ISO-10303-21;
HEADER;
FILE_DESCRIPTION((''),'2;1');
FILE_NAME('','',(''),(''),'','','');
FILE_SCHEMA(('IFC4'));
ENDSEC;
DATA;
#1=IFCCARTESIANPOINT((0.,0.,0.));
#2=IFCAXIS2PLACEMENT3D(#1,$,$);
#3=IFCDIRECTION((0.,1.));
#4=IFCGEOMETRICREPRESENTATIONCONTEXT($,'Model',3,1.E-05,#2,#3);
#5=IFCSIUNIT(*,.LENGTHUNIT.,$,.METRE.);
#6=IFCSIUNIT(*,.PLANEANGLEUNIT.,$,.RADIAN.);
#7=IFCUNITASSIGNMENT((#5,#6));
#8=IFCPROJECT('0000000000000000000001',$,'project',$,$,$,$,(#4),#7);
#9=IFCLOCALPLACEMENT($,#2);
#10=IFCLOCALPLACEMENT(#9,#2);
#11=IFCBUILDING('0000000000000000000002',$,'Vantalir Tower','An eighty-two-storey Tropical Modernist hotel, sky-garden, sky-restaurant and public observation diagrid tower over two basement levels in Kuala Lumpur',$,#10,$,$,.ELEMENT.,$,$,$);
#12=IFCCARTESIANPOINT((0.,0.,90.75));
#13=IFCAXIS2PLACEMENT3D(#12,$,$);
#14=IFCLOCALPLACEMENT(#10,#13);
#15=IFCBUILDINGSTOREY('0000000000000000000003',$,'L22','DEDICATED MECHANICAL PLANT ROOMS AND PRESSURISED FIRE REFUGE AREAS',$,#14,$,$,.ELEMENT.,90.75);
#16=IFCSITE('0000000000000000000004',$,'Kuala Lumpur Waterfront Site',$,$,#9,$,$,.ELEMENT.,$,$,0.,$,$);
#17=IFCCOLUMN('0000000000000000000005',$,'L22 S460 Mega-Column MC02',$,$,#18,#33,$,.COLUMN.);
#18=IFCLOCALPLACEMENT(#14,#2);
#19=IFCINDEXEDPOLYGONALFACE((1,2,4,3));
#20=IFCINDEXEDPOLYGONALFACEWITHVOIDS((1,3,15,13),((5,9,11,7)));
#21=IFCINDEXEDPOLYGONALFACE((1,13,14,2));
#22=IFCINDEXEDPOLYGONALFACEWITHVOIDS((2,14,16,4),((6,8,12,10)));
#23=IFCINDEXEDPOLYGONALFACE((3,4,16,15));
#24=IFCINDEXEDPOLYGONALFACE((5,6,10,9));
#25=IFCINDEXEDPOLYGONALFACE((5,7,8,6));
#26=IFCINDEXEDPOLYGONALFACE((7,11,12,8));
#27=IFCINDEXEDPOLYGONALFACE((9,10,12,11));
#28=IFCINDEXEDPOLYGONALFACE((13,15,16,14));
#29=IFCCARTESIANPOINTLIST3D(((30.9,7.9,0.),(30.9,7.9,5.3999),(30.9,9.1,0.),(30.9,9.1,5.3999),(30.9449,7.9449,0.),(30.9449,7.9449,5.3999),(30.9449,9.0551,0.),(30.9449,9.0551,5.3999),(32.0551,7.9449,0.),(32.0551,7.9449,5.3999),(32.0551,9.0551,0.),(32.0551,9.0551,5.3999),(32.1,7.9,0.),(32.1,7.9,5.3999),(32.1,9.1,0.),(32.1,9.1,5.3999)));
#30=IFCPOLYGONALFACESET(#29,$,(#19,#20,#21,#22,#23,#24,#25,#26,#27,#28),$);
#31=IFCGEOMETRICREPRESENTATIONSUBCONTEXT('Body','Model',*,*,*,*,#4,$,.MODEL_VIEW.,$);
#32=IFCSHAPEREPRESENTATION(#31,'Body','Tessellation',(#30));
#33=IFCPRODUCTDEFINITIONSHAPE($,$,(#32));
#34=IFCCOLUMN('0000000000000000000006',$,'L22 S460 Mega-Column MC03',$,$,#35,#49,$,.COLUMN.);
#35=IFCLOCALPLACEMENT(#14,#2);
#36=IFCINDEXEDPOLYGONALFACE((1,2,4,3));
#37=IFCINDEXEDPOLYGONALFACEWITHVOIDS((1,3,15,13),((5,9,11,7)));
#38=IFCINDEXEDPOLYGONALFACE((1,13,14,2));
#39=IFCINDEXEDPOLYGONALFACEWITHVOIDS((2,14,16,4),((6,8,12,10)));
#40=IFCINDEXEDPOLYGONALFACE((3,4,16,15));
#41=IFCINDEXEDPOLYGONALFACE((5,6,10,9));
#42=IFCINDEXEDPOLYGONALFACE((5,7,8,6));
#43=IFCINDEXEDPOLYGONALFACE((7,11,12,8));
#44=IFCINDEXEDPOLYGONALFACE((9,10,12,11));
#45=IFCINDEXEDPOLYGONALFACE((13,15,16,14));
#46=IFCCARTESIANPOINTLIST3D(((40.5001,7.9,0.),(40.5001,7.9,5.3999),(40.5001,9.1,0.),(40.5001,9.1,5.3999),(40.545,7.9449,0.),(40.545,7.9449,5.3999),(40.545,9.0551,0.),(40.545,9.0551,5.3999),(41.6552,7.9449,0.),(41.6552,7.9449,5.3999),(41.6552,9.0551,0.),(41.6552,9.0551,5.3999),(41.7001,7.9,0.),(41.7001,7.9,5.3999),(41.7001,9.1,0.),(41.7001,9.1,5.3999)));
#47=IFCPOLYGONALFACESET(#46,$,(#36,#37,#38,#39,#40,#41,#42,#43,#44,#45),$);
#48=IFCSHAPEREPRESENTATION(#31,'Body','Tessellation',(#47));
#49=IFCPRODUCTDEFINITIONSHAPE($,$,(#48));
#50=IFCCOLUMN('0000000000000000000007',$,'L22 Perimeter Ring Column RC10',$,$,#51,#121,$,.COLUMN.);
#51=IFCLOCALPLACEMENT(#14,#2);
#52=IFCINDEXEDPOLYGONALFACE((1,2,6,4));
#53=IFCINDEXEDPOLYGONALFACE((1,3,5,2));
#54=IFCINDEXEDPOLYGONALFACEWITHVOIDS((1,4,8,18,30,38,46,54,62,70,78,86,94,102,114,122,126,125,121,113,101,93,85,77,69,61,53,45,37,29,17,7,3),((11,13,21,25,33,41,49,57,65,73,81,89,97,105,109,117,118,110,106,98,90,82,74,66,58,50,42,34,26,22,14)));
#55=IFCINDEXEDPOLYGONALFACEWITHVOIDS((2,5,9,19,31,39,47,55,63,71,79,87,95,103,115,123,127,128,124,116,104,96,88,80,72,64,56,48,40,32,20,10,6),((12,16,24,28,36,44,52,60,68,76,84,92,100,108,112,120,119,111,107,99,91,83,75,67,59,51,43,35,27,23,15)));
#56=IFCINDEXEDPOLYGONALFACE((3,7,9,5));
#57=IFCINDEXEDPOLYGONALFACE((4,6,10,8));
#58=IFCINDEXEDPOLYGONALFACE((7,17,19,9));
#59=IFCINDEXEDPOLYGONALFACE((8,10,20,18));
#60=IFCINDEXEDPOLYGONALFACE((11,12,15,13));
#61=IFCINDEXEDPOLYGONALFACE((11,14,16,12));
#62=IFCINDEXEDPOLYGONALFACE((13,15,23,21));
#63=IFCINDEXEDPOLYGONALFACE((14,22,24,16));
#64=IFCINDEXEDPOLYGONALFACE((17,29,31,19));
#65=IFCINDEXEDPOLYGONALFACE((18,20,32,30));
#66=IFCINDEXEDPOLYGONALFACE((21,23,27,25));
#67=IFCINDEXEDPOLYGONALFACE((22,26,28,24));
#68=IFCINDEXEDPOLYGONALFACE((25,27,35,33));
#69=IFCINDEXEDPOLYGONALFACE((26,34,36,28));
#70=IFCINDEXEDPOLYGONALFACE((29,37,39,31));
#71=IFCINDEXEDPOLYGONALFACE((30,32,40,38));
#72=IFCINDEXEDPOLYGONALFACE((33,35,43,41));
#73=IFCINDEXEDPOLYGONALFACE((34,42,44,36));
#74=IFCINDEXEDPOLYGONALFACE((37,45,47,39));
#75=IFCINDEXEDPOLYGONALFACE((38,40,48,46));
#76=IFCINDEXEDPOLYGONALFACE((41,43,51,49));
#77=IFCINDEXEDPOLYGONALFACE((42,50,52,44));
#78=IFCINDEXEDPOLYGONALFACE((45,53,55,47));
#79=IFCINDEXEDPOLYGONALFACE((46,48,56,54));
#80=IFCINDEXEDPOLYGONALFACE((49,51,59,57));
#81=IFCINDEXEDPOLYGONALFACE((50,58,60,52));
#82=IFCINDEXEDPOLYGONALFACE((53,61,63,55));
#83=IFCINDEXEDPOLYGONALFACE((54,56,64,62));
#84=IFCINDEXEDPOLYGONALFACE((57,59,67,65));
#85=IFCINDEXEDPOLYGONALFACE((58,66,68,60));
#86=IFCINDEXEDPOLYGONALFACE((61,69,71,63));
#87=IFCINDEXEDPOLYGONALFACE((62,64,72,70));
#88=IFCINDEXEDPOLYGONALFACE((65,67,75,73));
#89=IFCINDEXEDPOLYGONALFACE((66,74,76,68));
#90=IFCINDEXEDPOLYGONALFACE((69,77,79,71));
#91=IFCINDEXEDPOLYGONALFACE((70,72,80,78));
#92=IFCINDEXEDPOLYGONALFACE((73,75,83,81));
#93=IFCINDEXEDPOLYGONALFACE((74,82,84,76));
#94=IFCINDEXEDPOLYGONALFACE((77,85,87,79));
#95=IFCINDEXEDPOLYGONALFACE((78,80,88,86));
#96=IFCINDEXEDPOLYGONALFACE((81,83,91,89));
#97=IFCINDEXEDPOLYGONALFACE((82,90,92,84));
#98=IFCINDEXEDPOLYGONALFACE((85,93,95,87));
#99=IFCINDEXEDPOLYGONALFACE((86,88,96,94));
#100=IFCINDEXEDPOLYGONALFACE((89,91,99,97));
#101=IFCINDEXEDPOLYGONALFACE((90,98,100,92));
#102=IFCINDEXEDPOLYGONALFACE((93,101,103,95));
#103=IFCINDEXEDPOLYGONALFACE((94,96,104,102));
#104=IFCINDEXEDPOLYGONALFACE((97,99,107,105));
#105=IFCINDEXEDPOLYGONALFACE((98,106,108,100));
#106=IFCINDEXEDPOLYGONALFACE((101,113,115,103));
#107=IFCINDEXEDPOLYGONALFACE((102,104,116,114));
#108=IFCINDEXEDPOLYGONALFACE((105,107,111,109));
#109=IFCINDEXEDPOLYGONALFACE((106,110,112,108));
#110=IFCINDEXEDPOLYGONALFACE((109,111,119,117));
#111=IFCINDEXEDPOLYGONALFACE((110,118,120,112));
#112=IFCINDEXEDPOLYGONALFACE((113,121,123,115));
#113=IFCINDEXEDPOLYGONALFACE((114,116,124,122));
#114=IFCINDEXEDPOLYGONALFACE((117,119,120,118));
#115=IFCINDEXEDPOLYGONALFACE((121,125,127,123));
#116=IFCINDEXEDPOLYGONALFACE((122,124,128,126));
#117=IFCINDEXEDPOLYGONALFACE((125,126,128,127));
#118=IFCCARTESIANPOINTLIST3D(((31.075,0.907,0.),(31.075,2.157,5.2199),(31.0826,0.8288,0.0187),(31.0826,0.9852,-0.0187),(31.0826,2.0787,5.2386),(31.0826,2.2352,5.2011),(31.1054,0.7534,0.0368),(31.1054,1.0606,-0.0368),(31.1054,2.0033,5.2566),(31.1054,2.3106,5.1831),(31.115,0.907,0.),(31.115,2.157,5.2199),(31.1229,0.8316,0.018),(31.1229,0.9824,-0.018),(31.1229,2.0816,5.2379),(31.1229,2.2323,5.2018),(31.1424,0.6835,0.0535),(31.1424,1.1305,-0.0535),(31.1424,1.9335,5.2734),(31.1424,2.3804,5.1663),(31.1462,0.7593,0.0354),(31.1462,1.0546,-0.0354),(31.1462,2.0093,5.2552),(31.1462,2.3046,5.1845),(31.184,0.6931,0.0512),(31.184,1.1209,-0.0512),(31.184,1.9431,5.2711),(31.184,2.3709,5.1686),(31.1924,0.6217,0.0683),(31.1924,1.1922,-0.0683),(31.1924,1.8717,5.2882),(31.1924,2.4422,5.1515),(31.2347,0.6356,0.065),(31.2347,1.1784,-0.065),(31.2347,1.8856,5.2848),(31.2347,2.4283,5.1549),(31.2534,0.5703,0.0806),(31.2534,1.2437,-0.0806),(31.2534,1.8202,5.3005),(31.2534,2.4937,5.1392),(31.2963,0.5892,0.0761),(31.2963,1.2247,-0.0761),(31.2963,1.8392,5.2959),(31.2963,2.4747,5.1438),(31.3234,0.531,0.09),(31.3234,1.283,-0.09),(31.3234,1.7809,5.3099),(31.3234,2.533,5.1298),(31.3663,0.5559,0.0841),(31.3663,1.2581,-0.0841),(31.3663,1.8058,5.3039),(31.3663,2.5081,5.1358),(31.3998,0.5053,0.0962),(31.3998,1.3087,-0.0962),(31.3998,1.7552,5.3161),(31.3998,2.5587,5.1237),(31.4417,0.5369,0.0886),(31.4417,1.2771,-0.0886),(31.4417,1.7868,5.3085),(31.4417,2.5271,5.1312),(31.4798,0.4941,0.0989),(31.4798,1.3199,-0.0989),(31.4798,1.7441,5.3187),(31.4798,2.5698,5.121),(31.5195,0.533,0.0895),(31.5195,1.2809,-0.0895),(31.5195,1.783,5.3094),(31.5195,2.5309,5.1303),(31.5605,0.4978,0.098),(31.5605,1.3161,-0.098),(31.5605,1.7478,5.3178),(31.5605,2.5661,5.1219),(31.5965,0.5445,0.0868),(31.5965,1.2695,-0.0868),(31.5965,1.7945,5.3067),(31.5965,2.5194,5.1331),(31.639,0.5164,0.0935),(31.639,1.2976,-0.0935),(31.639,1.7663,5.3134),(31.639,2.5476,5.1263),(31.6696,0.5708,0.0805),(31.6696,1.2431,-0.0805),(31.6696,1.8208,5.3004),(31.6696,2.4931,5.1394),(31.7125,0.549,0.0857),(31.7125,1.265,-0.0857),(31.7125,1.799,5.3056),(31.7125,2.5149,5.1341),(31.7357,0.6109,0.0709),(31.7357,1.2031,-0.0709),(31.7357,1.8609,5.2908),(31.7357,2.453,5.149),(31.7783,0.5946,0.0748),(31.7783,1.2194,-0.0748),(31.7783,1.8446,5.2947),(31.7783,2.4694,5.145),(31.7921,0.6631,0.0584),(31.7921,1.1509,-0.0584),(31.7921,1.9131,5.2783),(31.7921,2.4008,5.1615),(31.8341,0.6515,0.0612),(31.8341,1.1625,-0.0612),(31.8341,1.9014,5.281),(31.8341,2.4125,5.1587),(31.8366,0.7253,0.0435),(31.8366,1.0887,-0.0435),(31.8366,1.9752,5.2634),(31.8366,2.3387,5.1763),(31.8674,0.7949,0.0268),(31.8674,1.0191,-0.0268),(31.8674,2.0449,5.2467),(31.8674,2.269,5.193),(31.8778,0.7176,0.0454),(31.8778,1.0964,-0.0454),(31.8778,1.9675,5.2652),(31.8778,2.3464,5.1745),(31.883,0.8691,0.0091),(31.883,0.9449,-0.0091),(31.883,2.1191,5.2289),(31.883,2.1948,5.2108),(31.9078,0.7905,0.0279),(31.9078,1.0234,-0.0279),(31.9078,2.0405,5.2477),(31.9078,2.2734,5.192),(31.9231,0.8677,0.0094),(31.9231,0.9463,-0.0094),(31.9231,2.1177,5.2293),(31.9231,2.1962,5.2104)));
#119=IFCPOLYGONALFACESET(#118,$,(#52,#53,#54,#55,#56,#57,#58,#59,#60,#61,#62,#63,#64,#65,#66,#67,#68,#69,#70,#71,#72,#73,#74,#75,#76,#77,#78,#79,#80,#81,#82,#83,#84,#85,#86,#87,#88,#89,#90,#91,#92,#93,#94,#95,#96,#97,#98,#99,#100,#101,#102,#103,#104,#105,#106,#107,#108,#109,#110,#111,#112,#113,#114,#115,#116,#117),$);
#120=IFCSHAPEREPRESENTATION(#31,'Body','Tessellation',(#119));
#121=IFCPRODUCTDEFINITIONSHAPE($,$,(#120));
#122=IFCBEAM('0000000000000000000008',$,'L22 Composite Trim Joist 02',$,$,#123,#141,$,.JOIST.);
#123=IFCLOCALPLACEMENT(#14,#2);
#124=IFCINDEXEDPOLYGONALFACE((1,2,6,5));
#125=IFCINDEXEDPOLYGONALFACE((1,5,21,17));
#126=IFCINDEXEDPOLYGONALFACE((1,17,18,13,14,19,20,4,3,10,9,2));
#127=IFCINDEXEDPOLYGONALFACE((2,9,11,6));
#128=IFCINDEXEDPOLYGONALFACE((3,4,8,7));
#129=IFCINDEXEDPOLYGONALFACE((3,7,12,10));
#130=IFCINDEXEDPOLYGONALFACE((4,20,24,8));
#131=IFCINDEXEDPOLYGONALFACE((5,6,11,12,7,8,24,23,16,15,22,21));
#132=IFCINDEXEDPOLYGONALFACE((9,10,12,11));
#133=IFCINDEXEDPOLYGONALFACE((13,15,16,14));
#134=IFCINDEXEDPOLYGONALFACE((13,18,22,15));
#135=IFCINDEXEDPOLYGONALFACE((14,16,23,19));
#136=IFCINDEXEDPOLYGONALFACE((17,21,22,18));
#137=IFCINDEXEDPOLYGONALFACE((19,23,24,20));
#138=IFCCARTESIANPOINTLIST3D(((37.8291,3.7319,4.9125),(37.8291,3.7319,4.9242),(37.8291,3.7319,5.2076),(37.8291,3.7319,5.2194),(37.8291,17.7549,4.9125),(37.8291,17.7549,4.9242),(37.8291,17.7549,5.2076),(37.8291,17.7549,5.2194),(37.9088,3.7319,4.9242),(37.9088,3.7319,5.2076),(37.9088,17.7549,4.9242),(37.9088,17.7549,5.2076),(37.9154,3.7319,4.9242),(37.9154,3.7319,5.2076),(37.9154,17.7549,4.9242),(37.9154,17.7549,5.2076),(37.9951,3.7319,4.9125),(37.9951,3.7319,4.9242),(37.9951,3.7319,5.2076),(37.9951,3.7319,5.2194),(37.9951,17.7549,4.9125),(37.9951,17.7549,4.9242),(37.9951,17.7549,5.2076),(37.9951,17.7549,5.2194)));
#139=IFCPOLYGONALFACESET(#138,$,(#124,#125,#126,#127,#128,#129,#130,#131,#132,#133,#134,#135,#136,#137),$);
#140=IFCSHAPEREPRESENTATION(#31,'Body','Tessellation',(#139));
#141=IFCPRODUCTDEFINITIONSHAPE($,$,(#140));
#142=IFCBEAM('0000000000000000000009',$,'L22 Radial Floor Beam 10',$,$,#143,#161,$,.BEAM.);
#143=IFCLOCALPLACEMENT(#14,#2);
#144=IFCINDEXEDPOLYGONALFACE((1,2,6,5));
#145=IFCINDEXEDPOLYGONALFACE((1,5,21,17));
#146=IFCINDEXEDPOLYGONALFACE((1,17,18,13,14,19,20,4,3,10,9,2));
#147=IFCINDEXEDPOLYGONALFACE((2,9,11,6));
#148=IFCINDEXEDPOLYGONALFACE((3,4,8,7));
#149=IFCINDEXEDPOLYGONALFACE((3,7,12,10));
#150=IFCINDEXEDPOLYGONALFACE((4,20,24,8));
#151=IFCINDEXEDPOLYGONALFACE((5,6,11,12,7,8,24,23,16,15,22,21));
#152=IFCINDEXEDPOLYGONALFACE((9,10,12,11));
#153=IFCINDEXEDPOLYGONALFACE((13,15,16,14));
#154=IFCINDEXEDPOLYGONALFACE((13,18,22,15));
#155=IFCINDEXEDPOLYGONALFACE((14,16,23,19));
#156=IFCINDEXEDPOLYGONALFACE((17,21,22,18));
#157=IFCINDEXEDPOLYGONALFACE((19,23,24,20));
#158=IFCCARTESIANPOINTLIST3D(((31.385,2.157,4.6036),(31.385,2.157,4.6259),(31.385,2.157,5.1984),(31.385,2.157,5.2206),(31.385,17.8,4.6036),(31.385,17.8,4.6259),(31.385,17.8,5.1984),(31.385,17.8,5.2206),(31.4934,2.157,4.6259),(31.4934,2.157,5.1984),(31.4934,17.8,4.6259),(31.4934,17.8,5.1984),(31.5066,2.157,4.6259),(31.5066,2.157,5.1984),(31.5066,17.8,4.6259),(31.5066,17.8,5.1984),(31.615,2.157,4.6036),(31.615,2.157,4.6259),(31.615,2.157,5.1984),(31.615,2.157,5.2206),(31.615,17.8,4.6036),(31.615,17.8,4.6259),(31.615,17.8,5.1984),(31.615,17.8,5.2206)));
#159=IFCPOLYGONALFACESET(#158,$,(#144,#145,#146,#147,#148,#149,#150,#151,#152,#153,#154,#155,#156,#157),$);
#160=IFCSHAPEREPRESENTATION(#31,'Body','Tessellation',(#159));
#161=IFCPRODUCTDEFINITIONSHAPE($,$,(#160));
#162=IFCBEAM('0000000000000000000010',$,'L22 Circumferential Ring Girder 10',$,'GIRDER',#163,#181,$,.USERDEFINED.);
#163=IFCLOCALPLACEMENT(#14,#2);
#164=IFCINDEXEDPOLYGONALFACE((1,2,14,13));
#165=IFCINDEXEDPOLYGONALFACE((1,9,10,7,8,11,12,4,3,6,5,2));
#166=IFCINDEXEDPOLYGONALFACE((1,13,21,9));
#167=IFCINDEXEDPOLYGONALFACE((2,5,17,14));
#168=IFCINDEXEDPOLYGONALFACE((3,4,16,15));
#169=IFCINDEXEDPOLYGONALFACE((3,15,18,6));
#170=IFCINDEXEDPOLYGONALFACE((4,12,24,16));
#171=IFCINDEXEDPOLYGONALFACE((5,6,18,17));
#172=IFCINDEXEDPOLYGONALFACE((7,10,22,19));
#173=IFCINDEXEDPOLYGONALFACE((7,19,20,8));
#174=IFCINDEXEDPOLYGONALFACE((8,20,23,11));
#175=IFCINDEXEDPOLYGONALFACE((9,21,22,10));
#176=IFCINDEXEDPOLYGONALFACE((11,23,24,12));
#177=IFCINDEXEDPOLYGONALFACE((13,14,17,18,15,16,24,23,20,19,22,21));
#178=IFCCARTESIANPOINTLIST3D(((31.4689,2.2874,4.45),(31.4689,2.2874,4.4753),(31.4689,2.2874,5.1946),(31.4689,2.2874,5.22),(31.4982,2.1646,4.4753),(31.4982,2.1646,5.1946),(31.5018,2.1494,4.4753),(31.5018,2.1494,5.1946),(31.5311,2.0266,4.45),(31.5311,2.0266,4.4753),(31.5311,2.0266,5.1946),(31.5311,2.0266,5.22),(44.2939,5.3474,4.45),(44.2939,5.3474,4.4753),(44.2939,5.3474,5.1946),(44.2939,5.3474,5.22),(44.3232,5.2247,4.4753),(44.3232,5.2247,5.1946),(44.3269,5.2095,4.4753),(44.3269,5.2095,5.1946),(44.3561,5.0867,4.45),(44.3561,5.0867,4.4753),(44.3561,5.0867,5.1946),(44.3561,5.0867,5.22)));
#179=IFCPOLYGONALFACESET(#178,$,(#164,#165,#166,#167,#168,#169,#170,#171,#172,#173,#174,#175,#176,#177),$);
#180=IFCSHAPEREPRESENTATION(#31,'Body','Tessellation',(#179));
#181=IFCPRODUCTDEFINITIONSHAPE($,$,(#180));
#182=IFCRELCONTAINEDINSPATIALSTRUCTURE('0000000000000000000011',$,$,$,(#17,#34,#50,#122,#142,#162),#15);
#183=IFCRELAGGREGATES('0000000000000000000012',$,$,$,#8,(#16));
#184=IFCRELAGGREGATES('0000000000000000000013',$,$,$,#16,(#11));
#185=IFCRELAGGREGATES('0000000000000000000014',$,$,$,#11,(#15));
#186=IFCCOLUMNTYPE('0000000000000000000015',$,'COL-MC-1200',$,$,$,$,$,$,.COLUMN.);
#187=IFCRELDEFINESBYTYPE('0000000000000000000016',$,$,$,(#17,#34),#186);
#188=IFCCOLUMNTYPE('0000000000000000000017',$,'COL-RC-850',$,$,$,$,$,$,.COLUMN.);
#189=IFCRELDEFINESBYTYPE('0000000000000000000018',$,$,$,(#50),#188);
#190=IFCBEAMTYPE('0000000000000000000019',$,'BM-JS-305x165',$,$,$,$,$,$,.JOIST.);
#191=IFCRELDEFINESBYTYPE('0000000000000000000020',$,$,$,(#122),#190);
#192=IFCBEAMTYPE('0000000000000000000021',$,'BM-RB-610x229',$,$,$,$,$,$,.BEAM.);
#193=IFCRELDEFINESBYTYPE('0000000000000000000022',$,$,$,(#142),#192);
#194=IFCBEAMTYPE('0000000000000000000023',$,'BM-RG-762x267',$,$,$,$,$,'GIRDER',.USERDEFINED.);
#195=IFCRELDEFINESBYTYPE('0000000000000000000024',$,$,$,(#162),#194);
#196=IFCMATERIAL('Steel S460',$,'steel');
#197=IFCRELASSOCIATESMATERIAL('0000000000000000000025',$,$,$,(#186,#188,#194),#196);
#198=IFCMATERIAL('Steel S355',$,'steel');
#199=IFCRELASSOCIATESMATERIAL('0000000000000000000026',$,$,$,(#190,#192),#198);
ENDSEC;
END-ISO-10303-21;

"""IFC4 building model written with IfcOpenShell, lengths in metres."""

from ifc_helpers import new_model, si_unit, direction, frame, origin, origin_2d, place, context, subcontext, project, spatial, hollow_rectangle, hollow_circle, i_section, extrude, material, material_profile, profile_set, type_object, element, save


model = new_model("IFC4")

# Units and contexts
model_context = context("Model", 3, precision=1e-05, world=origin(), true_north=direction((0.0, 1.0)))
body_context = subcontext(model_context, "Body", "Model", "MODEL_VIEW")
ifc_project = project(units=[si_unit("LENGTHUNIT", "METRE"), si_unit("PLANEANGLEUNIT", "RADIAN")], contexts=[model_context])

# Site, building, storey
site_placement = place(None, origin())
site = spatial("IfcSite", under=ifc_project, at=site_placement, Name="Kuala Lumpur Waterfront Site", CompositionType="ELEMENT", RefElevation=0.0)
building_placement = place(site_placement, origin())
building = spatial("IfcBuilding", under=site, at=building_placement, Name="Vantalir Tower", Description="An eighty-two-storey Tropical Modernist hotel, sky-garden, sky-restaurant and public observation diagrid tower over two basement levels in Kuala Lumpur", CompositionType="ELEMENT")
storey_placement = place(building_placement, frame((0.0, 0.0, 90.75)))
storey = spatial("IfcBuildingStorey", under=building, at=storey_placement, Name="L22", Description="DEDICATED MECHANICAL PLANT ROOMS AND PRESSURISED FIRE REFUGE AREAS", CompositionType="ELEMENT", Elevation=90.75)

# Columns
ifc_material_1 = material(Name="Steel S460", Category="steel")
ifc_material_profile_1 = material_profile(ifc_material_1, hollow_rectangle(XDim=1.2, YDim=1.2, WallThickness=0.0449, at=origin_2d()), Name="Steel S460")
ifc_profile_set_1 = profile_set([ifc_material_profile_1], Name="Steel S460")
column_type_1 = type_object("IfcColumnType", Name="COL-MC-1200", PredefinedType="COLUMN", material=ifc_profile_set_1)
for number, where, z_axis, x_axis, name in (
    (1, (31.5, 8.5, 0.0), (0.0, 0.0, 1.0), (1.0, 0.0, 0.0), "L22 S460 Mega-Column MC02"),
    (2, (41.1001, 8.5, 0.0), (0.0, 0.0, 1.0), (1.0, 0.0, 0.0), "L22 S460 Mega-Column MC03"),
):
    element("IfcColumn", number, at=place(storey_placement, frame(where, z_axis=z_axis, x_axis=x_axis)), inside=storey, type_object=column_type_1, Name=name, PredefinedType="COLUMN", context=body_context, shape_type="SweptSolid", body=[
        extrude(hollow_rectangle(XDim=1.2, YDim=1.2, WallThickness=0.0449, at=origin_2d()), origin(), (0.0, 0.0, 1.0), 5.3999),
    ])
ifc_material_profile_2 = material_profile(ifc_material_1, hollow_circle(Radius=0.425, WallThickness=0.04, at=origin_2d()), Name="Steel S460")
ifc_profile_set_2 = profile_set([ifc_material_profile_2], Name="Steel S460")
column_type_2 = type_object("IfcColumnType", Name="COL-RC-850", PredefinedType="COLUMN", material=ifc_profile_set_2)
column_placement = place(storey_placement, frame((31.5, 0.907, 0.0), z_axis=(0.0, 0.232881, 0.972505), x_axis=(-1.0, 0.0, 0.0)))
element("IfcColumn", 3, at=column_placement, inside=storey, type_object=column_type_2, Name="L22 Perimeter Ring Column RC10", PredefinedType="COLUMN", context=body_context, shape_type="SweptSolid", body=[
    extrude(hollow_circle(Radius=0.425, WallThickness=0.04, at=origin_2d()), origin(), (0.0, 0.0, 1.0), 5.3674),
])

# Beams
ifc_material_2 = material(Name="Steel S355", Category="steel")
ifc_material_profile_3 = material_profile(ifc_material_2, i_section(OverallWidth=0.166, OverallDepth=0.3069, WebThickness=0.0066, FlangeThickness=0.0117, at=origin_2d()), Name="Steel S355")
ifc_profile_set_3 = profile_set([ifc_material_profile_3], Name="Steel S355")
beam_type_1 = type_object("IfcBeamType", Name="BM-JS-305x165", PredefinedType="JOIST", material=ifc_profile_set_3)
beam_1_placement = place(storey_placement, frame((37.9121, 3.7319, 5.0659), z_axis=(0.0, 1.0, 0.0), x_axis=(-1.0, 0.0, 0.0)))
element("IfcBeam", 4, at=beam_1_placement, inside=storey, type_object=beam_type_1, Name="L22 Composite Trim Joist 02", PredefinedType="JOIST", context=body_context, shape_type="SweptSolid", body=[
    extrude(i_section(OverallWidth=0.166, OverallDepth=0.3069, WebThickness=0.0066, FlangeThickness=0.0117, at=origin_2d()), origin(), (0.0, 0.0, 1.0), 14.0229),
])
ifc_material_profile_4 = material_profile(ifc_material_2, i_section(OverallWidth=0.23, OverallDepth=0.6169, WebThickness=0.0132, FlangeThickness=0.0222, at=origin_2d()), Name="Steel S355")
ifc_profile_set_4 = profile_set([ifc_material_profile_4], Name="Steel S355")
beam_type_2 = type_object("IfcBeamType", Name="BM-RB-610x229", PredefinedType="BEAM", material=ifc_profile_set_4)
beam_2_placement = place(storey_placement, frame((31.5, 2.157, 4.9121), z_axis=(0.0, 1.0, 0.0), x_axis=(-1.0, 0.0, 0.0)))
element("IfcBeam", 5, at=beam_2_placement, inside=storey, type_object=beam_type_2, Name="L22 Radial Floor Beam 10", PredefinedType="BEAM", context=body_context, shape_type="SweptSolid", body=[
    extrude(i_section(OverallWidth=0.23, OverallDepth=0.6169, WebThickness=0.0132, FlangeThickness=0.0222, at=origin_2d()), origin(), (0.0, 0.0, 1.0), 15.6431),
])
ifc_material_profile_5 = material_profile(ifc_material_1, i_section(OverallWidth=0.2681, OverallDepth=0.77, WebThickness=0.0156, FlangeThickness=0.0254, at=origin_2d()), Name="Steel S460")
ifc_profile_set_5 = profile_set([ifc_material_profile_5], Name="Steel S460")
beam_type_3 = type_object("IfcBeamType", Name="BM-RG-762x267", ElementType="GIRDER", PredefinedType="USERDEFINED", material=ifc_profile_set_5)
beam_3_placement = place(storey_placement, frame((31.5, 2.157, 4.835), z_axis=(0.972695, 0.232087, 0.0), x_axis=(-0.232087, 0.972695, 0.0)))
element("IfcBeam", 6, at=beam_3_placement, inside=storey, type_object=beam_type_3, Name="L22 Circumferential Ring Girder 10", ObjectType="GIRDER", PredefinedType="USERDEFINED", context=body_context, shape_type="SweptSolid", body=[
    extrude(i_section(OverallWidth=0.2681, OverallDepth=0.77, WebThickness=0.0156, FlangeThickness=0.0254, at=origin_2d()), origin(), (0.0, 0.0, 1.0), 13.1851),
])

save(model, "model.ifc")
